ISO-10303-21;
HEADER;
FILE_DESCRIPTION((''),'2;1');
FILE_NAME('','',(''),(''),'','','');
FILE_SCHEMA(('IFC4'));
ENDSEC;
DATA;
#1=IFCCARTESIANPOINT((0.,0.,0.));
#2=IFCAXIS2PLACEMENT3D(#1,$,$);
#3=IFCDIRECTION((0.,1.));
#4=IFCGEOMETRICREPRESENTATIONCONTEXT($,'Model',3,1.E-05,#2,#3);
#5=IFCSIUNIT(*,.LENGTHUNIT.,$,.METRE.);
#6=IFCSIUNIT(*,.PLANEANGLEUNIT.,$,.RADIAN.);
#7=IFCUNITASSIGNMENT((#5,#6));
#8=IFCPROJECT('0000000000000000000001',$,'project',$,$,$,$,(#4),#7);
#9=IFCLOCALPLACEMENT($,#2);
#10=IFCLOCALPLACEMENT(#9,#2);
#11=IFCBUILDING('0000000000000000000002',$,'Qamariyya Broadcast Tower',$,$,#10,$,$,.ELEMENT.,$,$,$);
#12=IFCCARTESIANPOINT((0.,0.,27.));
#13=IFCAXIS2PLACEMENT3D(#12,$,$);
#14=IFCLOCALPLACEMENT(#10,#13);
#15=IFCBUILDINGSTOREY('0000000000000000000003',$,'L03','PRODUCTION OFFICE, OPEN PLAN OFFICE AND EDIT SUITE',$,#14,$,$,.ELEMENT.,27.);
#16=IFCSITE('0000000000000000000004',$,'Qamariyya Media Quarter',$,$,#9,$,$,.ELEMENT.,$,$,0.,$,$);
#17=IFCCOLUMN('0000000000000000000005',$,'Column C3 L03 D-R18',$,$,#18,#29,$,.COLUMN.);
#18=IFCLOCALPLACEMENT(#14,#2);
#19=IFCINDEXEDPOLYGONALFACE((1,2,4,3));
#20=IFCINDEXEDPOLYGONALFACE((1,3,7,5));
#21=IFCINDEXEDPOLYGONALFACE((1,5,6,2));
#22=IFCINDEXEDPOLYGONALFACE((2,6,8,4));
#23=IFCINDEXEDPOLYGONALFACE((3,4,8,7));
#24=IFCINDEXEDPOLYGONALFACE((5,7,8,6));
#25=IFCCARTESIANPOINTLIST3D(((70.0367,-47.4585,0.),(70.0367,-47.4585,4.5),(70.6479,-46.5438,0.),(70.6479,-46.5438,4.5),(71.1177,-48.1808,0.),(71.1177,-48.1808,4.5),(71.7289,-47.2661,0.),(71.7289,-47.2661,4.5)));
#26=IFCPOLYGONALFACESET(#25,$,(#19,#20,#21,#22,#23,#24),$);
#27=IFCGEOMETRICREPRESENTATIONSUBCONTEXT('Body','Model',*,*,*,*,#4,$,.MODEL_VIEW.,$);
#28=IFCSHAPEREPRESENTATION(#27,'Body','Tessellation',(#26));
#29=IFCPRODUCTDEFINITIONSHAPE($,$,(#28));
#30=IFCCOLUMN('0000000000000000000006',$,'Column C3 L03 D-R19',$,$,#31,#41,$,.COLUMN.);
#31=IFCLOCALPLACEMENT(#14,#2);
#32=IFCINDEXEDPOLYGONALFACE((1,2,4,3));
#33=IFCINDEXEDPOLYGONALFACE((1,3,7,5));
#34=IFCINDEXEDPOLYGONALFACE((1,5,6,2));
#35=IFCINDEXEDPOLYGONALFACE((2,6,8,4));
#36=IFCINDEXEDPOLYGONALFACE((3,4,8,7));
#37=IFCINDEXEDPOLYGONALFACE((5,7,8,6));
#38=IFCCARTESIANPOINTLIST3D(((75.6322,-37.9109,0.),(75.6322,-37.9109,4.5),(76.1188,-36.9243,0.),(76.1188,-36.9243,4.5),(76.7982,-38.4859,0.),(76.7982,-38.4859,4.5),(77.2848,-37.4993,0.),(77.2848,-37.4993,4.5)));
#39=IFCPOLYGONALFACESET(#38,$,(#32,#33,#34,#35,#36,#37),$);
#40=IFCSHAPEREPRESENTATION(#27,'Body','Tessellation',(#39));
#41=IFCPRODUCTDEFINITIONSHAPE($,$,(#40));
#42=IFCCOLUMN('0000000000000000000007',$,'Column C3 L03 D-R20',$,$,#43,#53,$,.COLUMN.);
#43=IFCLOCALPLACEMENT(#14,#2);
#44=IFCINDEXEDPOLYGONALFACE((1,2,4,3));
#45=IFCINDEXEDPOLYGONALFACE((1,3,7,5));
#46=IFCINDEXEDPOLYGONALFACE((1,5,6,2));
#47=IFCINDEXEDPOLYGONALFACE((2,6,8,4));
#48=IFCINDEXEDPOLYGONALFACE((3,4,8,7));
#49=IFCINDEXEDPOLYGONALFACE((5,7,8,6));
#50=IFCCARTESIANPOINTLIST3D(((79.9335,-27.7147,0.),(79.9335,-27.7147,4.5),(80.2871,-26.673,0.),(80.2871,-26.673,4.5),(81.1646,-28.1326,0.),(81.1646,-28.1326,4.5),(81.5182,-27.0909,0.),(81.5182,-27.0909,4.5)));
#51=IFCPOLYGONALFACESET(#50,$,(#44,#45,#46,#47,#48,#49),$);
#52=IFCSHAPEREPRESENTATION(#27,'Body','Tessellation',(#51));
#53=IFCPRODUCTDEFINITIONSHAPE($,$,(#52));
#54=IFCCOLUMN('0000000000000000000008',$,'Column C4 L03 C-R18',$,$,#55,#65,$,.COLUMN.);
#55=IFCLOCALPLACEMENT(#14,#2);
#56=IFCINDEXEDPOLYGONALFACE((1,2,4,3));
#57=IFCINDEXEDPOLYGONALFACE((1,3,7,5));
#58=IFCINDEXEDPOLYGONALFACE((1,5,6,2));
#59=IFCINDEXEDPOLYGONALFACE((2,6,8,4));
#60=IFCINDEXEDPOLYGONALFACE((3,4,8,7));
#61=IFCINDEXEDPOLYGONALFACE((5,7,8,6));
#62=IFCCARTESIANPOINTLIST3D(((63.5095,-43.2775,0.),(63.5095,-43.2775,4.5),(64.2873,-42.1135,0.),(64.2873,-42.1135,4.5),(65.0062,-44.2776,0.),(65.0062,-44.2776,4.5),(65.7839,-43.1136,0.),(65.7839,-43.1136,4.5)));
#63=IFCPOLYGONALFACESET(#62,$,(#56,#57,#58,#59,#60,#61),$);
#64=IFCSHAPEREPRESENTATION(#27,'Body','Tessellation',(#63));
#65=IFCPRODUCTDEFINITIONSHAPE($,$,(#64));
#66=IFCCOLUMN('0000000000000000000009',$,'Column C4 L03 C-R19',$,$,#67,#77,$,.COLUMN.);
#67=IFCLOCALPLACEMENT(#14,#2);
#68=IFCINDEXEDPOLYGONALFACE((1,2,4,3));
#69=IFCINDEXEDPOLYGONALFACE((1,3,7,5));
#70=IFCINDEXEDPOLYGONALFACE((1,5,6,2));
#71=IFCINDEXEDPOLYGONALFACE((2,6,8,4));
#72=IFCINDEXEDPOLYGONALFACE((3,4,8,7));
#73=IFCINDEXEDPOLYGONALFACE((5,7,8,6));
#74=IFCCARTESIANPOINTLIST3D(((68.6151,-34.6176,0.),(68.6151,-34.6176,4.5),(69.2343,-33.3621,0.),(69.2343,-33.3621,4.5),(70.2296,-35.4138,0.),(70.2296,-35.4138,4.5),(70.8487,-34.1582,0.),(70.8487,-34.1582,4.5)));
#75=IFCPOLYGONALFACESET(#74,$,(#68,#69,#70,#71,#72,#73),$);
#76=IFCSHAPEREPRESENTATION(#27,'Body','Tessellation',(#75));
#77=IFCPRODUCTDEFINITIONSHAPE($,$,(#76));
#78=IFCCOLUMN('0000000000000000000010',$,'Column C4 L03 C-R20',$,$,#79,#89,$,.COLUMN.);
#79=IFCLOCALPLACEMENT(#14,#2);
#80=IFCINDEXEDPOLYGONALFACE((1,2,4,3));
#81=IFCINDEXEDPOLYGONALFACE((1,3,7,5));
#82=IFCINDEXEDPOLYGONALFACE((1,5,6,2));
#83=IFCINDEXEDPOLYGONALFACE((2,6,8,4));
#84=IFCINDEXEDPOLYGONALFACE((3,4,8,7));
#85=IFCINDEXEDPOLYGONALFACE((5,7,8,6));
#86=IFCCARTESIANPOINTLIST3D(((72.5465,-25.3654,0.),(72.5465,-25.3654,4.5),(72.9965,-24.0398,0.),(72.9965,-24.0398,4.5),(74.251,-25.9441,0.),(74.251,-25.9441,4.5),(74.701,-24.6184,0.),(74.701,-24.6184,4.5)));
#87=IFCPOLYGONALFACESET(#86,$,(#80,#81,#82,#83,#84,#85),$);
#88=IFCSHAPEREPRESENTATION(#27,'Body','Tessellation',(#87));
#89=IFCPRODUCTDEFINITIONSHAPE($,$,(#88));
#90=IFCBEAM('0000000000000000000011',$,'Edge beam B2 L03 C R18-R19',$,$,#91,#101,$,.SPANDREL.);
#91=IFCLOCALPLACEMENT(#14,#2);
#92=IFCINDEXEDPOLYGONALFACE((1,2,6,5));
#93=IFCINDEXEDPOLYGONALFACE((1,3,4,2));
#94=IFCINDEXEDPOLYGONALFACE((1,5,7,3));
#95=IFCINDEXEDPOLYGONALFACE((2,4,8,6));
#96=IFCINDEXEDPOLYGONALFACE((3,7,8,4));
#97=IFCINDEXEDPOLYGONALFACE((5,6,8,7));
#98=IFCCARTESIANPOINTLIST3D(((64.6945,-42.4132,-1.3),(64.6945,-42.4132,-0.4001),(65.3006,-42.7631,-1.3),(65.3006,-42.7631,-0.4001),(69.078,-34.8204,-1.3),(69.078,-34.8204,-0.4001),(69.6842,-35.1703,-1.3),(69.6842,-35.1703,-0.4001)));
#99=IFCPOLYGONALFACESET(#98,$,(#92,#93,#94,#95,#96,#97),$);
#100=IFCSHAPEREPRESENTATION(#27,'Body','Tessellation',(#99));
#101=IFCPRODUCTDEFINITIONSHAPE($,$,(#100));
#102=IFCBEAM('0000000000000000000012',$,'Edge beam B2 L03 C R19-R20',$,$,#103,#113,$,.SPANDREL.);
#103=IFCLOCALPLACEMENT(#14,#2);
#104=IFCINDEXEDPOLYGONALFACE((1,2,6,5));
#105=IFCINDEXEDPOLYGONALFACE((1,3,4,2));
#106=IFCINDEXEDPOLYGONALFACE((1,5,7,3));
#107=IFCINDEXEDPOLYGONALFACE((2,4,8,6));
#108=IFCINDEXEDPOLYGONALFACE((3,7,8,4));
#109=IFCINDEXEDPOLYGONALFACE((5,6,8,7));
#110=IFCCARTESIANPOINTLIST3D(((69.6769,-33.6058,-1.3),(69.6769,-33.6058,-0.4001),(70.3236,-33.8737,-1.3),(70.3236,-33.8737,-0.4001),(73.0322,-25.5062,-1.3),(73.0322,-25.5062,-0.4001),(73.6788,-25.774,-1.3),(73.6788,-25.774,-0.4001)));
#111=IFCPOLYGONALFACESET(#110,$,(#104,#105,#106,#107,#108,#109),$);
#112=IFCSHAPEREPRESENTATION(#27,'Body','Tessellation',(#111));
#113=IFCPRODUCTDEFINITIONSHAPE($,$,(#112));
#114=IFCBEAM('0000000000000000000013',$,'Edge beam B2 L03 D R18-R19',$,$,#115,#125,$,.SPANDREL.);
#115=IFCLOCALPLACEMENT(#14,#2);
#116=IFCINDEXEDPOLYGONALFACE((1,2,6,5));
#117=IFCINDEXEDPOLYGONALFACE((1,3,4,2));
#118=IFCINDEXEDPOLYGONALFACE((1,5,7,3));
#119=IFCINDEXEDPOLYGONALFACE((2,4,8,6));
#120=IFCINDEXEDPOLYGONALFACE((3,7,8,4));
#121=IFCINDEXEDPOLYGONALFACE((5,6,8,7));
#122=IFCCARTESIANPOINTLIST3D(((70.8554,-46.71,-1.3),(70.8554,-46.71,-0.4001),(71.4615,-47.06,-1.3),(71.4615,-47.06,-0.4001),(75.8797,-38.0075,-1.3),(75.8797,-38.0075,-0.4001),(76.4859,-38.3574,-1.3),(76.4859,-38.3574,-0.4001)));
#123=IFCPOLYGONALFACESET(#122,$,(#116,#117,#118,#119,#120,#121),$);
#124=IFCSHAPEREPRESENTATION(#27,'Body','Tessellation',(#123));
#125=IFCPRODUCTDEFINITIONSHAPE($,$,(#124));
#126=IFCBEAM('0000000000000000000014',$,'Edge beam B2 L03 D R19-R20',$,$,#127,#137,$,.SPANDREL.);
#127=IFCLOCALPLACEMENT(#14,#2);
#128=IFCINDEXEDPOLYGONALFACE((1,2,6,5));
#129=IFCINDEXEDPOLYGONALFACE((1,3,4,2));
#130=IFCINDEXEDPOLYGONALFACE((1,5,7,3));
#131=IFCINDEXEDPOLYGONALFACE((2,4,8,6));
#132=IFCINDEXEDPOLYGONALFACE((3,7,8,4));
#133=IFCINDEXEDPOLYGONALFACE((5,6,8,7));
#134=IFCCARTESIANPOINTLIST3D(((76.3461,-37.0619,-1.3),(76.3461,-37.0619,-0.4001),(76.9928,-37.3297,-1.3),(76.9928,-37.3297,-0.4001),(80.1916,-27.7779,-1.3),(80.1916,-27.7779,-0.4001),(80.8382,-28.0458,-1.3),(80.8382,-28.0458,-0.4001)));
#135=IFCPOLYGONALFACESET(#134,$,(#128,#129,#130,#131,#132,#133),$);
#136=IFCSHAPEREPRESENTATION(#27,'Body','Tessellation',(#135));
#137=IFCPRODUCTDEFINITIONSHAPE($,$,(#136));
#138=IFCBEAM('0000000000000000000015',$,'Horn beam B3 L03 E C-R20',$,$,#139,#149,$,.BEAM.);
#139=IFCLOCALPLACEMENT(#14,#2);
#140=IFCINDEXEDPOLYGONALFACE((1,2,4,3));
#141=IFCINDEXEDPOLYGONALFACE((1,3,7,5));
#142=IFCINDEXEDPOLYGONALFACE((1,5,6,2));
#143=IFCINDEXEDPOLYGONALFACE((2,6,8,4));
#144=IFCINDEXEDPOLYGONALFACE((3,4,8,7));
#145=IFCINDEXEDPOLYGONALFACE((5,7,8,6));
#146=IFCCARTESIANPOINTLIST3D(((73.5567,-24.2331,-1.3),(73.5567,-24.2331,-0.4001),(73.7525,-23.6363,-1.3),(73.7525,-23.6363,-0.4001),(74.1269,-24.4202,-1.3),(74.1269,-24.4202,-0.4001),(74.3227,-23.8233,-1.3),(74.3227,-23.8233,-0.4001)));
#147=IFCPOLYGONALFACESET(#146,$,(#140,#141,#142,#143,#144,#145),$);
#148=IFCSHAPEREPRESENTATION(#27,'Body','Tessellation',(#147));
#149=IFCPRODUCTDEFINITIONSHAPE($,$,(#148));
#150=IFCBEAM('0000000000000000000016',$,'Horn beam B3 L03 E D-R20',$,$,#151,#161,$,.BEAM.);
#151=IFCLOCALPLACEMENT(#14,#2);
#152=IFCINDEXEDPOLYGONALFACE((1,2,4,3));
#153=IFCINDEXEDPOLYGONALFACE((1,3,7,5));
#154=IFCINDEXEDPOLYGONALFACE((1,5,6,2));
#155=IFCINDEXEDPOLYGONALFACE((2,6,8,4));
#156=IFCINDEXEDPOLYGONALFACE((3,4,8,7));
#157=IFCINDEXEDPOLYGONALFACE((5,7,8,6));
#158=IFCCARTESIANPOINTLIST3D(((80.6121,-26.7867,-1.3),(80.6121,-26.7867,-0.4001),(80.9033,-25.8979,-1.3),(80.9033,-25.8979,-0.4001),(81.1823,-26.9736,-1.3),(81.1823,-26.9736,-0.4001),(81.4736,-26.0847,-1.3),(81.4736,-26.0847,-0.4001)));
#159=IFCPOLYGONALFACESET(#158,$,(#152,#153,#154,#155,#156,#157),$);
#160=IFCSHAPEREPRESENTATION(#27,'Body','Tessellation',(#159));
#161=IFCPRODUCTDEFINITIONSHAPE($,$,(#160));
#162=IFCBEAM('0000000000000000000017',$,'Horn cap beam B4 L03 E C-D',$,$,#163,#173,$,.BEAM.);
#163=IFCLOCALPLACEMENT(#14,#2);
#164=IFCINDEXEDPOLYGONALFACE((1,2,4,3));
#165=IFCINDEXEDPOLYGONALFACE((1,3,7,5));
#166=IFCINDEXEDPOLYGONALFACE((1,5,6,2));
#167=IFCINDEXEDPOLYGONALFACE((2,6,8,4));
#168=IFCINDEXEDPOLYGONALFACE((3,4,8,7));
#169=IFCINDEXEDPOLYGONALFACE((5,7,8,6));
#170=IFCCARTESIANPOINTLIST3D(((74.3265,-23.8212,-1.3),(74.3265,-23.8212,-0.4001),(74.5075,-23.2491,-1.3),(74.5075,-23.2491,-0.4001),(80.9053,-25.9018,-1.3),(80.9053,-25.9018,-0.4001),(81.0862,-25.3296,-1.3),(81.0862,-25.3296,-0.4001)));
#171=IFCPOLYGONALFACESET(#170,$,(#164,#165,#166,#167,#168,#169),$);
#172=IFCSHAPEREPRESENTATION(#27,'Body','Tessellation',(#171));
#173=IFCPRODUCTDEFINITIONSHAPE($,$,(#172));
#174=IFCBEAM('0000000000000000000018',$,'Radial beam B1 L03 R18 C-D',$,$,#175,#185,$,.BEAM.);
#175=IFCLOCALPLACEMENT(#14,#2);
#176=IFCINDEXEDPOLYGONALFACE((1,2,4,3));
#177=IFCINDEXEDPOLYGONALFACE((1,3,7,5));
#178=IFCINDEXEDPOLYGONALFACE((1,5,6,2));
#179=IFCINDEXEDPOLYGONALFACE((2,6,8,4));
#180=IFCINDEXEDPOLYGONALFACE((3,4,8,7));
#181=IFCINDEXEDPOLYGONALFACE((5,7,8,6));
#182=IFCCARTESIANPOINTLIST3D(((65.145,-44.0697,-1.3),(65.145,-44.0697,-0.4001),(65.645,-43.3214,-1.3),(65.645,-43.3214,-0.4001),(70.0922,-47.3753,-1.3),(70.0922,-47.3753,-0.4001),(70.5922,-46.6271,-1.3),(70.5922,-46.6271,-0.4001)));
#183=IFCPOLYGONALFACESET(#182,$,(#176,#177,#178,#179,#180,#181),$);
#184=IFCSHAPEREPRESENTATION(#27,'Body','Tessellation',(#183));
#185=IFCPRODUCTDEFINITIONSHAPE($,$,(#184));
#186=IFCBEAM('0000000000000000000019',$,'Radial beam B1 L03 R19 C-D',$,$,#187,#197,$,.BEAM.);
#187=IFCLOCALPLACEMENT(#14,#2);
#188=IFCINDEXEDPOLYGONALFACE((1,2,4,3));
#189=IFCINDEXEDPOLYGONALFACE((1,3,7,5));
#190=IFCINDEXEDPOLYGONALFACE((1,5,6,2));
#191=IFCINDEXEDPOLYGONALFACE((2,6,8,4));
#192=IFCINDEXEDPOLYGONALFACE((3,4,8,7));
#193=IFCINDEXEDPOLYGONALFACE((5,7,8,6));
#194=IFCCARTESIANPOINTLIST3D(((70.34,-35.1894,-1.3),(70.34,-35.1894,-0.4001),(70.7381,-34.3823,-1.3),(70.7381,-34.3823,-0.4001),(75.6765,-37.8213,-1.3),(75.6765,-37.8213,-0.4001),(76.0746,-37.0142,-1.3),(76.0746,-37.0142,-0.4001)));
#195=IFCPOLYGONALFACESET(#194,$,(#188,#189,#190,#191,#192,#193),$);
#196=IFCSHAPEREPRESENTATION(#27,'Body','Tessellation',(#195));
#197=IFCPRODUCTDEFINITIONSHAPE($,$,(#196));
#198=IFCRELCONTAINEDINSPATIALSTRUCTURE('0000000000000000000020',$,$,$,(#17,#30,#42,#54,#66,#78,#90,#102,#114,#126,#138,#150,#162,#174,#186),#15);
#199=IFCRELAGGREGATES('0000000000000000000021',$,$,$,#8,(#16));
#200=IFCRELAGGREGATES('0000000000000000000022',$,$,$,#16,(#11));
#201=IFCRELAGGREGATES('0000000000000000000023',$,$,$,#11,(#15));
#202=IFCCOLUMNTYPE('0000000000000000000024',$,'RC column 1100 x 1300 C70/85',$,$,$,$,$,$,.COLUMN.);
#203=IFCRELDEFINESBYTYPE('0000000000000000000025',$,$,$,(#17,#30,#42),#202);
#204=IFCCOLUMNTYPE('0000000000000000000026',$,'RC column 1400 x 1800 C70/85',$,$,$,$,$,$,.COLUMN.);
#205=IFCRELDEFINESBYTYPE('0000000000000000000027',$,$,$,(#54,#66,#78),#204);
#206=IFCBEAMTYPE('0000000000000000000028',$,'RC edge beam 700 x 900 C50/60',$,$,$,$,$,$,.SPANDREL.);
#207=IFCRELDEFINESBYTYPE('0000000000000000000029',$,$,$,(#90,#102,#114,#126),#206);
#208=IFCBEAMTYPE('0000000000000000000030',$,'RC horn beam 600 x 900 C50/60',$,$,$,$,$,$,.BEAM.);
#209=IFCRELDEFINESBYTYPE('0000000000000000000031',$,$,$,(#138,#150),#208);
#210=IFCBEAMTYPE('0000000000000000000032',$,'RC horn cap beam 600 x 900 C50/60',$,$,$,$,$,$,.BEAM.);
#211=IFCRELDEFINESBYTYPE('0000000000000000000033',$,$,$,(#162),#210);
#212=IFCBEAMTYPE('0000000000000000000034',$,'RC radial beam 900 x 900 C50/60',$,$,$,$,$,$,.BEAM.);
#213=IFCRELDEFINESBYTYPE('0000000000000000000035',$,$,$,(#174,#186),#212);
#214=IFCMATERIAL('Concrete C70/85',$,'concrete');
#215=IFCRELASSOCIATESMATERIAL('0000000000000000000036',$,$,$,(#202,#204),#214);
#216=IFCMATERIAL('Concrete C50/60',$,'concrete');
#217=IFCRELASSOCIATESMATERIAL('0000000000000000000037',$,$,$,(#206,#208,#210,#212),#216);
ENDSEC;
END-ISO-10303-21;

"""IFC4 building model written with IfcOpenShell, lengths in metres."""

from ifc_helpers import new_model, si_unit, direction, frame, origin, origin_2d, place, context, subcontext, project, spatial, rectangle, extrude, material, material_profile, profile_set, type_object, element, save


model = new_model("IFC4")

# Units and contexts
model_context = context("Model", 3, precision=1e-05, world=origin(), true_north=direction((0.0, 1.0)))
body_context = subcontext(model_context, "Body", "Model", "MODEL_VIEW")
ifc_project = project(units=[si_unit("LENGTHUNIT", "METRE"), si_unit("PLANEANGLEUNIT", "RADIAN")], contexts=[model_context])

# Site, building, storey
site_placement = place(None, origin())
site = spatial("IfcSite", under=ifc_project, at=site_placement, Name="Qamariyya Media Quarter", CompositionType="ELEMENT", RefElevation=0.0)
building_placement = place(site_placement, origin())
building = spatial("IfcBuilding", under=site, at=building_placement, Name="Qamariyya Broadcast Tower", CompositionType="ELEMENT")
storey_placement = place(building_placement, frame((0.0, 0.0, 27.0)))
storey = spatial("IfcBuildingStorey", under=building, at=storey_placement, Name="L03", Description="PRODUCTION OFFICE, OPEN PLAN OFFICE AND EDIT SUITE", CompositionType="ELEMENT", Elevation=27.0)

# Columns
ifc_material_1 = material(Name="Concrete C70/85", Category="concrete")
ifc_material_profile_1 = material_profile(ifc_material_1, rectangle(XDim=1.1001, YDim=1.3, at=origin_2d()))
ifc_profile_set_1 = profile_set([ifc_material_profile_1], Name="Concrete C70/85")
column_type_1 = type_object("IfcColumnType", Name="RC column 1100 x 1300 C70/85", PredefinedType="COLUMN", material=ifc_profile_set_1)
for number, where, z_axis, x_axis, name in (
    (1, (70.8828, -47.3623, 0.0), (0.0, 0.0, 1.0), (0.55557, 0.83147, 0.0), "Column C3 L03 D-R18"),
    (2, (76.4585, -37.7051, 0.0), (0.0, 0.0, 1.0), (0.442289, 0.896873, 0.0), "Column C3 L03 D-R19"),
    (3, (80.7258, -27.4028, 0.0), (0.0, 0.0, 1.0), (0.321439, 0.94693, 0.0), "Column C3 L03 D-R20"),
):
    element("IfcColumn", number, at=place(storey_placement, frame(where, z_axis=z_axis, x_axis=x_axis)), inside=storey, type_object=column_type_1, Name=name, PredefinedType="COLUMN", context=body_context, shape_type="SweptSolid", body=[
        extrude(rectangle(XDim=1.1001, YDim=1.3, at=origin_2d()), origin(), (0.0, 0.0, 1.0), 4.5),
    ])
ifc_material_profile_2 = material_profile(ifc_material_1, rectangle(XDim=1.3999, YDim=1.8, at=origin_2d()))
ifc_profile_set_2 = profile_set([ifc_material_profile_2], Name="Concrete C70/85")
column_type_2 = type_object("IfcColumnType", Name="RC column 1400 x 1800 C70/85", PredefinedType="COLUMN", material=ifc_profile_set_2)
for number, where, z_axis, x_axis, name in (
    (4, (64.6467, -43.1956, 0.0), (0.0, 0.0, 1.0), (0.55557, 0.83147, 0.0), "Column C4 L03 C-R18"),
    (5, (69.7319, -34.3879, 0.0), (0.0, 0.0, 1.0), (0.442289, 0.896873, 0.0), "Column C4 L03 C-R19"),
    (6, (73.6238, -24.9919, 0.0), (0.0, 0.0, 1.0), (0.321439, 0.94693, 0.0), "Column C4 L03 C-R20"),
):
    element("IfcColumn", number, at=place(storey_placement, frame(where, z_axis=z_axis, x_axis=x_axis)), inside=storey, type_object=column_type_2, Name=name, PredefinedType="COLUMN", context=body_context, shape_type="SweptSolid", body=[
        extrude(rectangle(XDim=1.3999, YDim=1.8, at=origin_2d()), origin(), (0.0, 0.0, 1.0), 4.5),
    ])

# Beams
ifc_material_2 = material(Name="Concrete C50/60", Category="concrete")
ifc_material_profile_3 = material_profile(ifc_material_2, rectangle(XDim=0.7, YDim=0.8999, at=origin_2d()))
ifc_profile_set_3 = profile_set([ifc_material_profile_3], Name="Concrete C50/60")
beam_type_1 = type_object("IfcBeamType", Name="RC edge beam 700 x 900 C50/60", PredefinedType="SPANDREL", material=ifc_profile_set_3)
beam_1_placement = place(storey_placement, frame((64.9976, -42.5881, -0.8501), z_axis=(0.499988, 0.866033, 0.0), x_axis=(-0.866033, 0.499988, 0.0)))
element("IfcBeam", 7, at=beam_1_placement, inside=storey, type_object=beam_type_1, Name="Edge beam B2 L03 C R18-R19", PredefinedType="SPANDREL", context=body_context, shape_type="SweptSolid", body=[
    extrude(rectangle(XDim=0.7, YDim=0.8999, at=origin_2d()), origin(), (0.0, 0.0, 1.0), 8.7673),
])
beam_2_placement = place(storey_placement, frame((70.0002, -33.7397, -0.8501), z_axis=(0.382708, 0.923869, 0.0), x_axis=(-0.923869, 0.382708, 0.0)))
element("IfcBeam", 8, at=beam_2_placement, inside=storey, type_object=beam_type_1, Name="Edge beam B2 L03 C R19-R20", PredefinedType="SPANDREL", context=body_context, shape_type="SweptSolid", body=[
    extrude(rectangle(XDim=0.7, YDim=0.8999, at=origin_2d()), origin(), (0.0, 0.0, 1.0), 8.7671),
])
for number, where, z_axis, x_axis, name in (
    (9, (71.1584, -46.885, -0.8501), (0.499996, 0.866028, 0.0), (-0.866028, 0.499996, 0.0), "Edge beam B2 L03 D R18-R19"),
    (10, (76.6694, -37.1958, -0.8501), (0.382677, 0.923882, 0.0), (-0.923882, 0.382677, 0.0), "Edge beam B2 L03 D R19-R20"),
):
    element("IfcBeam", number, at=place(storey_placement, frame(where, z_axis=z_axis, x_axis=x_axis)), inside=storey, type_object=beam_type_1, Name=name, PredefinedType="SPANDREL", context=body_context, shape_type="SweptSolid", body=[
        extrude(rectangle(XDim=0.7, YDim=0.8999, at=origin_2d()), origin(), (0.0, 0.0, 1.0), 10.0488),
    ])
ifc_material_profile_4 = material_profile(ifc_material_2, rectangle(XDim=0.6001, YDim=0.8999, at=origin_2d()))
ifc_profile_set_4 = profile_set([ifc_material_profile_4], Name="Concrete C50/60")
beam_type_2 = type_object("IfcBeamType", Name="RC horn beam 600 x 900 C50/60", PredefinedType="BEAM", material=ifc_profile_set_4)
beam_3_placement = place(storey_placement, frame((73.8418, -24.3267, -0.8501), z_axis=(0.311677, 0.950188, 0.0), x_axis=(-0.950188, 0.311677, 0.0)))
element("IfcBeam", 11, at=beam_3_placement, inside=storey, type_object=beam_type_2, Name="Horn beam B3 L03 E C-R20", PredefinedType="BEAM", context=body_context, shape_type="SweptSolid", body=[
    extrude(rectangle(XDim=0.6001, YDim=0.8999, at=origin_2d()), origin(), (0.0, 0.0, 1.0), 0.6282),
])
beam_4_placement = place(storey_placement, frame((80.8972, -26.8801, -0.8501), z_axis=(0.311369, 0.950289, 0.0), x_axis=(-0.950289, 0.311369, 0.0)))
element("IfcBeam", 12, at=beam_4_placement, inside=storey, type_object=beam_type_2, Name="Horn beam B3 L03 E D-R20", PredefinedType="BEAM", context=body_context, shape_type="SweptSolid", body=[
    extrude(rectangle(XDim=0.6001, YDim=0.8999, at=origin_2d()), origin(), (0.0, 0.0, 1.0), 0.9353),
])
ifc_material_profile_5 = material_profile(ifc_material_2, rectangle(XDim=0.6001, YDim=0.8999, at=origin_2d()))
ifc_profile_set_5 = profile_set([ifc_material_profile_5], Name="Concrete C50/60")
beam_type_3 = type_object("IfcBeamType", Name="RC horn cap beam 600 x 900 C50/60", PredefinedType="BEAM", material=ifc_profile_set_5)
beam_5_placement = place(storey_placement, frame((74.417, -23.5352, -0.8501), z_axis=(0.953456, -0.301531, 0.0), x_axis=(0.301531, 0.953456, 0.0)))
element("IfcBeam", 13, at=beam_5_placement, inside=storey, type_object=beam_type_3, Name="Horn cap beam B4 L03 E C-D", PredefinedType="BEAM", context=body_context, shape_type="SweptSolid", body=[
    extrude(rectangle(XDim=0.6001, YDim=0.8999, at=origin_2d()), origin(), (0.0, 0.0, 1.0), 6.8999),
])
ifc_material_profile_6 = material_profile(ifc_material_2, rectangle(XDim=0.8999, YDim=0.8999, at=origin_2d()))
ifc_profile_set_6 = profile_set([ifc_material_profile_6], Name="Concrete C50/60")
beam_type_4 = type_object("IfcBeamType", Name="RC radial beam 900 x 900 C50/60", PredefinedType="BEAM", material=ifc_profile_set_6)
beam_6_placement = place(storey_placement, frame((65.395, -43.6956, -0.8501), z_axis=(0.831469, -0.555571, 0.0), x_axis=(0.555571, 0.831469, 0.0)))
element("IfcBeam", 14, at=beam_6_placement, inside=storey, type_object=beam_type_4, Name="Radial beam B1 L03 R18 C-D", PredefinedType="BEAM", context=body_context, shape_type="SweptSolid", body=[
    extrude(rectangle(XDim=0.8999, YDim=0.8999, at=origin_2d()), origin(), (0.0, 0.0, 1.0), 5.95),
])
beam_7_placement = place(storey_placement, frame((70.5391, -34.7859, -0.8501), z_axis=(0.896859, -0.442316, 0.0), x_axis=(0.442316, 0.896859, 0.0)))
element("IfcBeam", 15, at=beam_7_placement, inside=storey, type_object=beam_type_4, Name="Radial beam B1 L03 R19 C-D", PredefinedType="BEAM", context=body_context, shape_type="SweptSolid", body=[
    extrude(rectangle(XDim=0.8999, YDim=0.8999, at=origin_2d()), origin(), (0.0, 0.0, 1.0), 5.9502),
])

save(model, "model.ifc")
